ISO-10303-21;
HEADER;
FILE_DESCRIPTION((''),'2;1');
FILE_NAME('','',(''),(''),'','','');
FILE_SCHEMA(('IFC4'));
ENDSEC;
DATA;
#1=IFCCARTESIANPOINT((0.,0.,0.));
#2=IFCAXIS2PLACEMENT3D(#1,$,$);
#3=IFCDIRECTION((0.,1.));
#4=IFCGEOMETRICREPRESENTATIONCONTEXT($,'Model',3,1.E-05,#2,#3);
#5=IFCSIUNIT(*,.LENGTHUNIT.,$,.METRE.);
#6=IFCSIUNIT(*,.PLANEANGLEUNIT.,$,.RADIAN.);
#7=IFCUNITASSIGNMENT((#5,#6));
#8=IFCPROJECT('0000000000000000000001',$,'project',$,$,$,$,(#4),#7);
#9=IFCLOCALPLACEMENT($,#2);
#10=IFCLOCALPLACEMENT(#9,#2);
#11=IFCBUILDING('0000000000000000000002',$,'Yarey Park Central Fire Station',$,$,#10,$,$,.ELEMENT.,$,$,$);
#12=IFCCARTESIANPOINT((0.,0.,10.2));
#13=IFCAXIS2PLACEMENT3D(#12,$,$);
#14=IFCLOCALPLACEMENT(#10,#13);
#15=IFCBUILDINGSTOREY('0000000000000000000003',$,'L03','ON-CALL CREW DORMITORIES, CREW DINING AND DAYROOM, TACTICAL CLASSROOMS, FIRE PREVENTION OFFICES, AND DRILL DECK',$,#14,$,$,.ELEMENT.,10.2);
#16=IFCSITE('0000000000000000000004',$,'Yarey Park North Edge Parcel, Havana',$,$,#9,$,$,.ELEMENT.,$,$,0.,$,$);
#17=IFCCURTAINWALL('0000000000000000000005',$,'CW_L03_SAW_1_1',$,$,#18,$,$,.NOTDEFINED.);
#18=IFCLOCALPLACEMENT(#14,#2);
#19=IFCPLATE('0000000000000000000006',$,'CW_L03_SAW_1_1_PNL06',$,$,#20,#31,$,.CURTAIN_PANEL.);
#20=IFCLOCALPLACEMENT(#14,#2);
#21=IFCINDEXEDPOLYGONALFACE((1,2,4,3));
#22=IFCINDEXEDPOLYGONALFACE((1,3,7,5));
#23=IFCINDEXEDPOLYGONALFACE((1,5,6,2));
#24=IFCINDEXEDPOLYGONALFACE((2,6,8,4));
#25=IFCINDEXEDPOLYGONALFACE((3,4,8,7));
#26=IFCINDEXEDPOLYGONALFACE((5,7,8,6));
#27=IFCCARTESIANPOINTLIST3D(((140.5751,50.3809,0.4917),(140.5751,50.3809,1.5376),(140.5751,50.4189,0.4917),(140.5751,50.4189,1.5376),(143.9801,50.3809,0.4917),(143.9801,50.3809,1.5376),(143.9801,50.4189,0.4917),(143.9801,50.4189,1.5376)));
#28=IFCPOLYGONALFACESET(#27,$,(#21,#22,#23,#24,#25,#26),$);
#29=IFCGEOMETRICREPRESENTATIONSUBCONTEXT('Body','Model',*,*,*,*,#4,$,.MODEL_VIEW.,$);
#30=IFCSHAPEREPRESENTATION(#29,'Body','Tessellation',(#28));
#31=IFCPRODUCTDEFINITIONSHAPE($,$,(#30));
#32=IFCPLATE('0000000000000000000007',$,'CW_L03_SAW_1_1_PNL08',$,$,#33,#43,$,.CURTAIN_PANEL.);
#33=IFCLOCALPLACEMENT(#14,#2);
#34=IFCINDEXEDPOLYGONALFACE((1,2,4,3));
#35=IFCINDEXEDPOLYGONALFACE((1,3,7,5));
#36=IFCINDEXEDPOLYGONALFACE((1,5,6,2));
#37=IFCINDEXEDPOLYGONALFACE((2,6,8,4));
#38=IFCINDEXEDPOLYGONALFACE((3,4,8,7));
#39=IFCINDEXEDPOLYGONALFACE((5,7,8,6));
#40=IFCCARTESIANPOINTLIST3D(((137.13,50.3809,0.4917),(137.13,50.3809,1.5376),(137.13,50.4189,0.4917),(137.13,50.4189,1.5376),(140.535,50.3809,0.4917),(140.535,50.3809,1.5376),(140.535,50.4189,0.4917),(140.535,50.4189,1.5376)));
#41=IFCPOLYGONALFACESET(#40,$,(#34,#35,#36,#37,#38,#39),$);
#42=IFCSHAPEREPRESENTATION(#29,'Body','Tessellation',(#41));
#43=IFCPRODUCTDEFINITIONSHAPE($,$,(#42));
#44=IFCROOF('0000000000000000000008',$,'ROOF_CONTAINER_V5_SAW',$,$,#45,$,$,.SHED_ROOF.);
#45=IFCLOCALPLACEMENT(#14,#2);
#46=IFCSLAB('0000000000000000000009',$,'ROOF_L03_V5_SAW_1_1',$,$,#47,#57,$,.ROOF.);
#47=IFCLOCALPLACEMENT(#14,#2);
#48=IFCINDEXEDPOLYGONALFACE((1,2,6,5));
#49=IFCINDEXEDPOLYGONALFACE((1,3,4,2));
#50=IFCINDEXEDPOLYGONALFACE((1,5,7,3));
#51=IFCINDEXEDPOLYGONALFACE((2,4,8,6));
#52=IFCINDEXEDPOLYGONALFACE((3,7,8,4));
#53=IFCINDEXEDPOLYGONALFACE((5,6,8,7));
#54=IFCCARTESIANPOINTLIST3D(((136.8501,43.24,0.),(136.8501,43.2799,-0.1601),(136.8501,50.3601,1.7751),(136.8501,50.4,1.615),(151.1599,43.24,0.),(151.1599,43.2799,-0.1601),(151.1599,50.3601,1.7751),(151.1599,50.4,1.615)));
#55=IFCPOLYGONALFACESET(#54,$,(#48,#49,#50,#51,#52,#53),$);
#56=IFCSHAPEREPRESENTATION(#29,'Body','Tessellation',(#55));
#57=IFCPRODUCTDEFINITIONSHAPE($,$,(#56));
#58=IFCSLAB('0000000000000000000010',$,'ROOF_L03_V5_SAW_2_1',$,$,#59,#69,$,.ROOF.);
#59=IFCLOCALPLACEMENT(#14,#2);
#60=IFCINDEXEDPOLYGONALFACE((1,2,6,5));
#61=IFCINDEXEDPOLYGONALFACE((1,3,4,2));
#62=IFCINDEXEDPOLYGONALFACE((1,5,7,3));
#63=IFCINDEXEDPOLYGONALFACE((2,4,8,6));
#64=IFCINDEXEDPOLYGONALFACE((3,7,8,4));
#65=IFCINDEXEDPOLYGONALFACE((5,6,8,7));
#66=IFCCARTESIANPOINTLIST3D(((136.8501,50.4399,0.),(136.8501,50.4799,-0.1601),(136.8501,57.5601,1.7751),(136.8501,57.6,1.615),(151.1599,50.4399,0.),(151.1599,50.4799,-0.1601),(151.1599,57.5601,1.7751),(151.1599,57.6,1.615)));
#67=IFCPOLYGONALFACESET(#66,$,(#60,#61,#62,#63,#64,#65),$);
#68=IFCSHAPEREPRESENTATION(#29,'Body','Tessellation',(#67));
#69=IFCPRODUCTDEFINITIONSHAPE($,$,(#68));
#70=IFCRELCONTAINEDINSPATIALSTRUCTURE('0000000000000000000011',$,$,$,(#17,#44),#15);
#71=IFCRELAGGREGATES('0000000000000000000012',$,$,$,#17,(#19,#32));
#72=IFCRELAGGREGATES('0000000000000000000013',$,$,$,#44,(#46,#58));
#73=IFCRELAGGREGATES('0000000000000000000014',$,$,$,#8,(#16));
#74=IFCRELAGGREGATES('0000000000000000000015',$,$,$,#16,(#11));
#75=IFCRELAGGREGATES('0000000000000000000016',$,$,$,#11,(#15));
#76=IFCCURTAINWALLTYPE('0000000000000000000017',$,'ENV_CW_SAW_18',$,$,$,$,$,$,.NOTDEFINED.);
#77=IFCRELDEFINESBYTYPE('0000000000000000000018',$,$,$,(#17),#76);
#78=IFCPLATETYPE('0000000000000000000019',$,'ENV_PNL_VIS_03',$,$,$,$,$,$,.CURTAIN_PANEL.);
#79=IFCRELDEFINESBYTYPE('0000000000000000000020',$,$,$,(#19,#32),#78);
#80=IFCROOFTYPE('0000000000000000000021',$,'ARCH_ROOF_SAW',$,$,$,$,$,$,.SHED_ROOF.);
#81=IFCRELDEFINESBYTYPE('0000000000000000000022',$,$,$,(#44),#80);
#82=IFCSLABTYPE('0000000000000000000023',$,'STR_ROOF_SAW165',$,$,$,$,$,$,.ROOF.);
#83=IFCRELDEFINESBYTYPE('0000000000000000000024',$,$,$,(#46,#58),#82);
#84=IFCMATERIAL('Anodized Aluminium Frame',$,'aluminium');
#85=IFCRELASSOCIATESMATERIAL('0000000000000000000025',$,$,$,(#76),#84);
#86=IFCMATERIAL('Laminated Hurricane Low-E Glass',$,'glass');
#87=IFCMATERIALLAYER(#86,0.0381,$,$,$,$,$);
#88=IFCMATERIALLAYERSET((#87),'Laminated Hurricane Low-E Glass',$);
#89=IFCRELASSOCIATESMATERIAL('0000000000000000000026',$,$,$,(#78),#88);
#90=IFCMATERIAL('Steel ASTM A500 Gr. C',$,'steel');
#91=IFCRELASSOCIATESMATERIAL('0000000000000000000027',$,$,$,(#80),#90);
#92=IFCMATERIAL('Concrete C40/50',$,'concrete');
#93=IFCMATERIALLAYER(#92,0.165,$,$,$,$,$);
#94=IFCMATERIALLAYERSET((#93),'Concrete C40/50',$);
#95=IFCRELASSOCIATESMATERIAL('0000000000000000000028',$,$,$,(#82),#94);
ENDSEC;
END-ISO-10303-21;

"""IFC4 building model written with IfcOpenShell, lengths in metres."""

from ifc_helpers import new_model, si_unit, direction, frame, origin, origin_2d, place, context, subcontext, project, spatial, polyline, rectangle, outline, extrude, material, layer, layer_set, type_object, element, aggregate, save


model = new_model("IFC4")

# Units and contexts
model_context = context("Model", 3, precision=1e-05, world=origin(), true_north=direction((0.0, 1.0)))
body_context = subcontext(model_context, "Body", "Model", "MODEL_VIEW")
ifc_project = project(units=[si_unit("LENGTHUNIT", "METRE"), si_unit("PLANEANGLEUNIT", "RADIAN")], contexts=[model_context])

# Site, building, storey
site_placement = place(None, origin())
site = spatial("IfcSite", under=ifc_project, at=site_placement, Name="Yarey Park North Edge Parcel, Havana", CompositionType="ELEMENT", RefElevation=0.0)
building_placement = place(site_placement, origin())
building = spatial("IfcBuilding", under=site, at=building_placement, Name="Yarey Park Central Fire Station", CompositionType="ELEMENT")
storey_placement = place(building_placement, frame((0.0, 0.0, 10.2)))
storey = spatial("IfcBuildingStorey", under=building, at=storey_placement, Name="L03", Description="ON-CALL CREW DORMITORIES, CREW DINING AND DAYROOM, TACTICAL CLASSROOMS, FIRE PREVENTION OFFICES, AND DRILL DECK", CompositionType="ELEMENT", Elevation=10.2)

# Curtain wall
ifc_material_1 = material(Name="Anodized Aluminium Frame", Category="aluminium")
curtain_wall_type = type_object("IfcCurtainWallType", Name="ENV_CW_SAW_18", PredefinedType="NOTDEFINED", material=ifc_material_1)
curtain_wall_placement = place(storey_placement, origin())
curtain_wall = element("IfcCurtainWall", 1, at=curtain_wall_placement, inside=storey, type_object=curtain_wall_type, Name="CW_L03_SAW_1_1", PredefinedType="NOTDEFINED")

# Shared definitions
ifc_material_2 = material(Name="Steel ASTM A500 Gr. C", Category="steel")

# Plates
ifc_material_3 = material(Name="Laminated Hurricane Low-E Glass", Category="glass")
ifc_layer_1 = layer(ifc_material_3, 0.0381)
ifc_layer_set_1 = layer_set([ifc_layer_1], Name="Laminated Hurricane Low-E Glass")
plate_type_1 = type_object("IfcPlateType", Name="ENV_PNL_VIS_03", PredefinedType="CURTAIN_PANEL", material=ifc_layer_set_1)
plate_1_placement = place(storey_placement, frame((142.2776, 50.3999, 0.4917), z_axis=(0.0, 0.0, 1.0), x_axis=(-1.0, 0.0, 0.0)))
plate_1 = element("IfcPlate", 2, at=plate_1_placement, type_object=plate_type_1, Name="CW_L03_SAW_1_1_PNL06", PredefinedType="CURTAIN_PANEL", context=body_context, shape_type="SweptSolid", body=[
    extrude(rectangle(XDim=3.405, YDim=0.0381, at=origin_2d()), origin(), (0.0, 0.0, 1.0), 1.0459),
])
plate_2_placement = place(storey_placement, frame((138.8325, 50.3999, 0.4917), z_axis=(0.0, 0.0, 1.0), x_axis=(-1.0, 0.0, 0.0)))
plate_2 = element("IfcPlate", 3, at=plate_2_placement, type_object=plate_type_1, Name="CW_L03_SAW_1_1_PNL08", PredefinedType="CURTAIN_PANEL", context=body_context, shape_type="SweptSolid", body=[
    extrude(rectangle(XDim=3.405, YDim=0.0381, at=origin_2d()), origin(), (0.0, 0.0, 1.0), 1.0459),
])
aggregate(curtain_wall, [plate_1, plate_2])

# Roof, slabs
roof_type = type_object("IfcRoofType", Name="ARCH_ROOF_SAW", PredefinedType="SHED_ROOF", material=ifc_material_2)
roof_placement = place(storey_placement, origin())
roof = element("IfcRoof", 4, at=roof_placement, inside=storey, type_object=roof_type, Name="ROOF_CONTAINER_V5_SAW", PredefinedType="SHED_ROOF")
ifc_material_4 = material(Name="Concrete C40/50", Category="concrete")
ifc_layer_2 = layer(ifc_material_4, 0.165)
ifc_layer_set_2 = layer_set([ifc_layer_2], Name="Concrete C40/50")
slab_type = type_object("IfcSlabType", Name="STR_ROOF_SAW165", PredefinedType="ROOF", material=ifc_layer_set_2)
slab_1_placement = place(storey_placement, frame((136.8501, 43.24, 0.0), z_axis=(0.0, -0.241909, 0.970299), x_axis=(1.0, 0.0, 0.0)))
slab_1 = element("IfcSlab", 5, at=slab_1_placement, type_object=slab_type, Name="ROOF_L03_V5_SAW_1_1", PredefinedType="ROOF", context=body_context, shape_type="SweptSolid", body=[
    extrude(outline(polyline([(0.0, 0.0), (14.3098, 0.0), (14.3098, 7.3381), (0.0, 7.3381), (0.0, 0.0)])), origin(), (0.0, 0.0, -1.0), 0.165),
])
slab_2_placement = place(storey_placement, frame((136.8501, 50.4399, 0.0), z_axis=(0.0, -0.241909, 0.970299), x_axis=(1.0, 0.0, 0.0)))
slab_2 = element("IfcSlab", 6, at=slab_2_placement, type_object=slab_type, Name="ROOF_L03_V5_SAW_2_1", PredefinedType="ROOF", context=body_context, shape_type="SweptSolid", body=[
    extrude(outline(polyline([(0.0, 0.0), (14.3098, 0.0), (14.3098, 7.3381), (0.0, 7.3381), (0.0, 0.0)])), origin(), (0.0, 0.0, -1.0), 0.165),
])
aggregate(roof, [slab_1, slab_2])

save(model, "model.ifc")
